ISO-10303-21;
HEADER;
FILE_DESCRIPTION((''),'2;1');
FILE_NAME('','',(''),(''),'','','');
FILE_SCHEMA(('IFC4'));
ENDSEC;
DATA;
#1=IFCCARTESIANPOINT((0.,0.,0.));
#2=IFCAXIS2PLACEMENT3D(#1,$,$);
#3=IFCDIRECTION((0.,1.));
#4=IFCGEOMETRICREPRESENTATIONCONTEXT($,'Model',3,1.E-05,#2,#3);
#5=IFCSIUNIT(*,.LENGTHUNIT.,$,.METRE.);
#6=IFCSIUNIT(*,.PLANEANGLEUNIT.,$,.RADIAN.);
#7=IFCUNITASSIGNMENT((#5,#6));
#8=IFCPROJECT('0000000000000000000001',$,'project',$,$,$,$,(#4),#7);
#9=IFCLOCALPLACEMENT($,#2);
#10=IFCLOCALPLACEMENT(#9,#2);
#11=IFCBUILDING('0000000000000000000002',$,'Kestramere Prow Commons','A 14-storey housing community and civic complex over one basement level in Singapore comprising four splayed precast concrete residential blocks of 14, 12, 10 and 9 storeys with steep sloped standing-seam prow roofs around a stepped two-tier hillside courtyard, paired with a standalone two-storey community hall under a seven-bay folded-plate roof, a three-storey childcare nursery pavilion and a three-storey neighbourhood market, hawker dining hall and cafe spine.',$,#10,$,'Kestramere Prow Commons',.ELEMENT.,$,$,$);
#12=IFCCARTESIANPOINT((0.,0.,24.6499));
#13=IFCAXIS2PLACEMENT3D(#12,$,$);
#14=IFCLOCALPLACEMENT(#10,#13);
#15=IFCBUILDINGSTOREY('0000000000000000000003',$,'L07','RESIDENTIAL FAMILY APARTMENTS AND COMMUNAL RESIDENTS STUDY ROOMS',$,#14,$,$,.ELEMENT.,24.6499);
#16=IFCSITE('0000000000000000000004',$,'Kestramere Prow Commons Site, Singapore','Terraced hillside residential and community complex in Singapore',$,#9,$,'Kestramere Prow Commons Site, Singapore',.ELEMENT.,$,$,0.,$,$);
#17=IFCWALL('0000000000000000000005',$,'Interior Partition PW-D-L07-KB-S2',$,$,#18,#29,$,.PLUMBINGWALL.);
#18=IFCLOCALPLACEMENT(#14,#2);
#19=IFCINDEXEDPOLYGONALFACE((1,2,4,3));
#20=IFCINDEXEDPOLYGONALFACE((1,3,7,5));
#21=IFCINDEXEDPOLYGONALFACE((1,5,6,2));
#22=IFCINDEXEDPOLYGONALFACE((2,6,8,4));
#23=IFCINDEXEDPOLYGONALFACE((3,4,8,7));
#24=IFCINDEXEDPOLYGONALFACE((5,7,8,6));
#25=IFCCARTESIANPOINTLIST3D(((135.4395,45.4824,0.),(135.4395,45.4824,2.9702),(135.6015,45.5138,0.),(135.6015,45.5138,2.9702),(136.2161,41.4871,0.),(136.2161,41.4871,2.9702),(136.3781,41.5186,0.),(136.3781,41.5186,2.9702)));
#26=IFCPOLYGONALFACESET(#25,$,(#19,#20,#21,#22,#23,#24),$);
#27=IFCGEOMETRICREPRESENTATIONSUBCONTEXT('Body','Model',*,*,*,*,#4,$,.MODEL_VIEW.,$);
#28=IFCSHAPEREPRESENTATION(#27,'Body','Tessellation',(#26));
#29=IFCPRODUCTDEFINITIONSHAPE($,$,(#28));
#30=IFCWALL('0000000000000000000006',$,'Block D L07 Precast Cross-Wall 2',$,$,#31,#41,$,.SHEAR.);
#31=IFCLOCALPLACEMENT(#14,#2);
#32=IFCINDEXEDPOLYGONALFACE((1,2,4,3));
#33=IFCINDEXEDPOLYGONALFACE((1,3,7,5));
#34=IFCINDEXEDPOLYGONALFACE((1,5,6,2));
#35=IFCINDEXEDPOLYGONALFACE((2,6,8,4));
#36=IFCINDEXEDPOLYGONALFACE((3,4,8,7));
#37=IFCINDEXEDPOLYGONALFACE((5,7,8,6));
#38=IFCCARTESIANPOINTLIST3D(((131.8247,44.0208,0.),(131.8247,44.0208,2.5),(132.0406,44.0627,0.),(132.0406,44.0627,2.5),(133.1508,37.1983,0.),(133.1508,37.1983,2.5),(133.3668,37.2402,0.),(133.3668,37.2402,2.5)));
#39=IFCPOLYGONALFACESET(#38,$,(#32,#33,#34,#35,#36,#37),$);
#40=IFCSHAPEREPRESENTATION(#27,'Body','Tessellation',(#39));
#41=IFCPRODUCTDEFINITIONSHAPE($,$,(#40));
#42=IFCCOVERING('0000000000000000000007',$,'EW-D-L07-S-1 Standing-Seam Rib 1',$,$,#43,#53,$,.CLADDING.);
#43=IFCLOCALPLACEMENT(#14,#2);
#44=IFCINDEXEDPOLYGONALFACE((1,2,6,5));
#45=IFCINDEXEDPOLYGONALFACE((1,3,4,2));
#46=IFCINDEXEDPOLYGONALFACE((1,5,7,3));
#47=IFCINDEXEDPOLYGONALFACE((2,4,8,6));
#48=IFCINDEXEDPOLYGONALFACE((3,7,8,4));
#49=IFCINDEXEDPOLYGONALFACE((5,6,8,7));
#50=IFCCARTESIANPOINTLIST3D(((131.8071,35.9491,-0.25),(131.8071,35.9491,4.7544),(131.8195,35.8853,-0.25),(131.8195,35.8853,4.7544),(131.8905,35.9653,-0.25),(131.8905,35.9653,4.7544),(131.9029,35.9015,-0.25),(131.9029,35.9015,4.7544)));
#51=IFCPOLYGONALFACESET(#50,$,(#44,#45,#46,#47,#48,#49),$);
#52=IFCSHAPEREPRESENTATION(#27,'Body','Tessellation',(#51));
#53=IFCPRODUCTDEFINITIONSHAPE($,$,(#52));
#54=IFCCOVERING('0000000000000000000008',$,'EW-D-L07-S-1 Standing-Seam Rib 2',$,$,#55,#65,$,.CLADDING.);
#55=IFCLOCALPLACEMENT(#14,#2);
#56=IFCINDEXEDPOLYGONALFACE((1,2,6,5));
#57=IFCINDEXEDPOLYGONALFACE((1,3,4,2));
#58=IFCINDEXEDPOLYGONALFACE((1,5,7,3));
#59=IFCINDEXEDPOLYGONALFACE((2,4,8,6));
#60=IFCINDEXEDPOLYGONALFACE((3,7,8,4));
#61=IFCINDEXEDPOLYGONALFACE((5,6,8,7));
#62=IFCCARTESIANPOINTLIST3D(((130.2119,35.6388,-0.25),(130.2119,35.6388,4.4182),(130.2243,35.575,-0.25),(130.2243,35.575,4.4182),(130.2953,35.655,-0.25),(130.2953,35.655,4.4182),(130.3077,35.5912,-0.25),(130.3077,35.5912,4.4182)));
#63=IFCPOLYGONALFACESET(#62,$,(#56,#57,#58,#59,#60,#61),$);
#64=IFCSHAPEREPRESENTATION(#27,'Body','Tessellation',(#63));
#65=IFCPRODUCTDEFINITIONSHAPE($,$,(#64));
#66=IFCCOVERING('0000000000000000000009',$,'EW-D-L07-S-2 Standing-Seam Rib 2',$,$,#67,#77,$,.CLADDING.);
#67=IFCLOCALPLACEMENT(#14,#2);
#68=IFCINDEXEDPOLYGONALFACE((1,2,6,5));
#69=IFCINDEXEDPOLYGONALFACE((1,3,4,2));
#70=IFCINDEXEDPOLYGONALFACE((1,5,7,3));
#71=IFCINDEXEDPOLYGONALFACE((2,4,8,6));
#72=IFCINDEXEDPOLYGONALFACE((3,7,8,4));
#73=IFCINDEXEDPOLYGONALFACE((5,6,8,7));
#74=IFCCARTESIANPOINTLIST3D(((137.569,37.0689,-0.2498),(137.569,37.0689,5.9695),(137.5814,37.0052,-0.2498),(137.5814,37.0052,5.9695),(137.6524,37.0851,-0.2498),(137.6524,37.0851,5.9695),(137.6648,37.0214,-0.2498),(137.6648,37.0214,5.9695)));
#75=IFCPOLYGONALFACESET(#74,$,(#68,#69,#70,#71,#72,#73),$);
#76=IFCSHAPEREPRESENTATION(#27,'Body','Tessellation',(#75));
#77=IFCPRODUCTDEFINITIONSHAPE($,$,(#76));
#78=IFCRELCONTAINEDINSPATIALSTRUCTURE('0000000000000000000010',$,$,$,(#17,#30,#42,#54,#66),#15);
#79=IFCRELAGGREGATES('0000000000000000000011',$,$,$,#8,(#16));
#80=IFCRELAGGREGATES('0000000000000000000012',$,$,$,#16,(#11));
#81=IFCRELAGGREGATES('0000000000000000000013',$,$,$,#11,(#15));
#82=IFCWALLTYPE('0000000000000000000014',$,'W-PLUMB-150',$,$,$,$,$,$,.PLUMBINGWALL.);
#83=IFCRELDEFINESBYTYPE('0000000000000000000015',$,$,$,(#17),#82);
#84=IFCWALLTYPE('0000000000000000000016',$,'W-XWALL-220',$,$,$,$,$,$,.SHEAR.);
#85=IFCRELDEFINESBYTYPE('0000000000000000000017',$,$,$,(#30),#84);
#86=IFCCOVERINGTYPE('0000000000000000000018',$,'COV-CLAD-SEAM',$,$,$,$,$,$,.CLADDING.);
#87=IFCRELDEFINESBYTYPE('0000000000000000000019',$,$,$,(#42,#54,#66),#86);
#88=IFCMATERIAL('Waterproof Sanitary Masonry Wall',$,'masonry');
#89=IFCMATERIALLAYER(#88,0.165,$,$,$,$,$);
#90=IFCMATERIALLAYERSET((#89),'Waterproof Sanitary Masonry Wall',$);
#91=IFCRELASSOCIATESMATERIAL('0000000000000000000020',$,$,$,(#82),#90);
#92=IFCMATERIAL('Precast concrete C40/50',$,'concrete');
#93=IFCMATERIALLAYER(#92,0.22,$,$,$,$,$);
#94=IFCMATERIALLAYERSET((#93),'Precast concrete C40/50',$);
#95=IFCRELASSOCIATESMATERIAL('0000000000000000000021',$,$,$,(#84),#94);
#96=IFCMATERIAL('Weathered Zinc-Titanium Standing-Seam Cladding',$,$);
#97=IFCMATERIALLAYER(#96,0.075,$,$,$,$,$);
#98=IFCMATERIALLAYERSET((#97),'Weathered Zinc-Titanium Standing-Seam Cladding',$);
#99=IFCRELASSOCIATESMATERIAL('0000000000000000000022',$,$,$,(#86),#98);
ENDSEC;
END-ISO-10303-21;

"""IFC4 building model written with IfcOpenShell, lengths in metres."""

from ifc_helpers import new_model, si_unit, direction, frame, frame_2d, origin, origin_2d, place, context, subcontext, project, spatial, rectangle, extrude, material, layer, layer_set, type_object, element, save


model = new_model("IFC4")

# Units and contexts
model_context = context("Model", 3, precision=1e-05, world=origin(), true_north=direction((0.0, 1.0)))
body_context = subcontext(model_context, "Body", "Model", "MODEL_VIEW")
ifc_project = project(units=[si_unit("LENGTHUNIT", "METRE"), si_unit("PLANEANGLEUNIT", "RADIAN")], contexts=[model_context])

# Site, building, storey
site_placement = place(None, origin())
site = spatial("IfcSite", under=ifc_project, at=site_placement, Name="Kestramere Prow Commons Site, Singapore", Description="Terraced hillside residential and community complex in Singapore", LongName="Kestramere Prow Commons Site, Singapore", CompositionType="ELEMENT", RefElevation=0.0)
building_placement = place(site_placement, origin())
building = spatial("IfcBuilding", under=site, at=building_placement, Name="Kestramere Prow Commons", Description="A 14-storey housing community and civic complex over one basement level in Singapore comprising four splayed precast concrete residential blocks of 14, 12, 10 and 9 storeys with steep sloped standing-seam prow roofs around a stepped two-tier hillside courtyard, paired with a standalone two-storey community hall under a seven-bay folded-plate roof, a three-storey childcare nursery pavilion and a three-storey neighbourhood market, hawker dining hall and cafe spine.", LongName="Kestramere Prow Commons", CompositionType="ELEMENT")
storey_placement = place(building_placement, frame((0.0, 0.0, 24.6499)))
storey = spatial("IfcBuildingStorey", under=building, at=storey_placement, Name="L07", Description="RESIDENTIAL FAMILY APARTMENTS AND COMMUNAL RESIDENTS STUDY ROOMS", CompositionType="ELEMENT", Elevation=24.6499)

# Shared definitions
ifc_material_1 = material(Name="Precast concrete C40/50", Category="concrete")

# Shared definitions
ifc_material_2 = material(Name="Waterproof Sanitary Masonry Wall", Category="masonry")
ifc_layer_1 = layer(ifc_material_2, 0.165)
ifc_layer_set_1 = layer_set([ifc_layer_1], Name="Waterproof Sanitary Masonry Wall")
wall_type_1 = type_object("IfcWallType", Name="W-PLUMB-150", PredefinedType="PLUMBINGWALL", material=ifc_layer_set_1)

# Walls
wall_1_placement = place(storey_placement, frame((136.2971, 41.5027, 0.0), z_axis=(0.0, 0.0, 1.0), x_axis=(-0.190807, 0.981628, 0.0)))
element("IfcWall", 1, at=wall_1_placement, inside=storey, type_object=wall_type_1, Name="Interior Partition PW-D-L07-KB-S2", PredefinedType="PLUMBINGWALL", context=body_context, shape_type="SweptSolid", body=[
    extrude(rectangle(XDim=4.0701, YDim=0.165, at=frame_2d((2.0352, 0.0))), origin(), (0.0, 0.0, 1.0), 2.9702),
])
ifc_layer_2 = layer(ifc_material_1, 0.22)
ifc_layer_set_2 = layer_set([ifc_layer_2], Name="Precast concrete C40/50")
wall_type_2 = type_object("IfcWallType", Name="W-XWALL-220", PredefinedType="SHEAR", material=ifc_layer_set_2)
wall_2_placement = place(storey_placement, frame((133.2588, 37.2192, 0.0), z_axis=(0.0, 0.0, 1.0), x_axis=(-0.19081, 0.981627, 0.0)))
element("IfcWall", 2, at=wall_2_placement, inside=storey, type_object=wall_type_2, Name="Block D L07 Precast Cross-Wall 2", PredefinedType="SHEAR", context=body_context, shape_type="SweptSolid", body=[
    extrude(rectangle(XDim=6.9502, YDim=0.22, at=frame_2d((3.4751, 0.0))), origin(), (0.0, 0.0, 1.0), 2.5),
])

# Coverings
ifc_material_3 = material(Name="Weathered Zinc-Titanium Standing-Seam Cladding")
ifc_layer_3 = layer(ifc_material_3, 0.075)
ifc_layer_set_3 = layer_set([ifc_layer_3], Name="Weathered Zinc-Titanium Standing-Seam Cladding")
covering_type = type_object("IfcCoveringType", Name="COV-CLAD-SEAM", PredefinedType="CLADDING", material=ifc_layer_set_3)
covering_1_placement = place(storey_placement, frame((131.855, 35.9253, -0.25), z_axis=(0.0, 0.0, 1.0), x_axis=(-0.981627, -0.190809, 0.0)))
element("IfcCovering", 3, at=covering_1_placement, inside=storey, type_object=covering_type, Name="EW-D-L07-S-1 Standing-Seam Rib 1", PredefinedType="CLADDING", context=body_context, shape_type="SweptSolid", body=[
    extrude(rectangle(XDim=0.085, YDim=0.0649, at=origin_2d()), origin(), (0.0, 0.0, 1.0), 5.0044),
])
covering_2_placement = place(storey_placement, frame((130.2598, 35.615, -0.25), z_axis=(0.0, 0.0, 1.0), x_axis=(-0.981627, -0.190809, 0.0)))
element("IfcCovering", 4, at=covering_2_placement, inside=storey, type_object=covering_type, Name="EW-D-L07-S-1 Standing-Seam Rib 2", PredefinedType="CLADDING", context=body_context, shape_type="SweptSolid", body=[
    extrude(rectangle(XDim=0.085, YDim=0.0649, at=origin_2d()), origin(), (0.0, 0.0, 1.0), 4.6682),
])
covering_3_placement = place(storey_placement, frame((137.6169, 37.0452, -0.2498), z_axis=(0.0, 0.0, 1.0), x_axis=(-0.981627, -0.190809, 0.0)))
element("IfcCovering", 5, at=covering_3_placement, inside=storey, type_object=covering_type, Name="EW-D-L07-S-2 Standing-Seam Rib 2", PredefinedType="CLADDING", context=body_context, shape_type="SweptSolid", body=[
    extrude(rectangle(XDim=0.085, YDim=0.0649, at=origin_2d()), origin(), (0.0, 0.0, 1.0), 6.2192),
])

save(model, "model.ifc")
